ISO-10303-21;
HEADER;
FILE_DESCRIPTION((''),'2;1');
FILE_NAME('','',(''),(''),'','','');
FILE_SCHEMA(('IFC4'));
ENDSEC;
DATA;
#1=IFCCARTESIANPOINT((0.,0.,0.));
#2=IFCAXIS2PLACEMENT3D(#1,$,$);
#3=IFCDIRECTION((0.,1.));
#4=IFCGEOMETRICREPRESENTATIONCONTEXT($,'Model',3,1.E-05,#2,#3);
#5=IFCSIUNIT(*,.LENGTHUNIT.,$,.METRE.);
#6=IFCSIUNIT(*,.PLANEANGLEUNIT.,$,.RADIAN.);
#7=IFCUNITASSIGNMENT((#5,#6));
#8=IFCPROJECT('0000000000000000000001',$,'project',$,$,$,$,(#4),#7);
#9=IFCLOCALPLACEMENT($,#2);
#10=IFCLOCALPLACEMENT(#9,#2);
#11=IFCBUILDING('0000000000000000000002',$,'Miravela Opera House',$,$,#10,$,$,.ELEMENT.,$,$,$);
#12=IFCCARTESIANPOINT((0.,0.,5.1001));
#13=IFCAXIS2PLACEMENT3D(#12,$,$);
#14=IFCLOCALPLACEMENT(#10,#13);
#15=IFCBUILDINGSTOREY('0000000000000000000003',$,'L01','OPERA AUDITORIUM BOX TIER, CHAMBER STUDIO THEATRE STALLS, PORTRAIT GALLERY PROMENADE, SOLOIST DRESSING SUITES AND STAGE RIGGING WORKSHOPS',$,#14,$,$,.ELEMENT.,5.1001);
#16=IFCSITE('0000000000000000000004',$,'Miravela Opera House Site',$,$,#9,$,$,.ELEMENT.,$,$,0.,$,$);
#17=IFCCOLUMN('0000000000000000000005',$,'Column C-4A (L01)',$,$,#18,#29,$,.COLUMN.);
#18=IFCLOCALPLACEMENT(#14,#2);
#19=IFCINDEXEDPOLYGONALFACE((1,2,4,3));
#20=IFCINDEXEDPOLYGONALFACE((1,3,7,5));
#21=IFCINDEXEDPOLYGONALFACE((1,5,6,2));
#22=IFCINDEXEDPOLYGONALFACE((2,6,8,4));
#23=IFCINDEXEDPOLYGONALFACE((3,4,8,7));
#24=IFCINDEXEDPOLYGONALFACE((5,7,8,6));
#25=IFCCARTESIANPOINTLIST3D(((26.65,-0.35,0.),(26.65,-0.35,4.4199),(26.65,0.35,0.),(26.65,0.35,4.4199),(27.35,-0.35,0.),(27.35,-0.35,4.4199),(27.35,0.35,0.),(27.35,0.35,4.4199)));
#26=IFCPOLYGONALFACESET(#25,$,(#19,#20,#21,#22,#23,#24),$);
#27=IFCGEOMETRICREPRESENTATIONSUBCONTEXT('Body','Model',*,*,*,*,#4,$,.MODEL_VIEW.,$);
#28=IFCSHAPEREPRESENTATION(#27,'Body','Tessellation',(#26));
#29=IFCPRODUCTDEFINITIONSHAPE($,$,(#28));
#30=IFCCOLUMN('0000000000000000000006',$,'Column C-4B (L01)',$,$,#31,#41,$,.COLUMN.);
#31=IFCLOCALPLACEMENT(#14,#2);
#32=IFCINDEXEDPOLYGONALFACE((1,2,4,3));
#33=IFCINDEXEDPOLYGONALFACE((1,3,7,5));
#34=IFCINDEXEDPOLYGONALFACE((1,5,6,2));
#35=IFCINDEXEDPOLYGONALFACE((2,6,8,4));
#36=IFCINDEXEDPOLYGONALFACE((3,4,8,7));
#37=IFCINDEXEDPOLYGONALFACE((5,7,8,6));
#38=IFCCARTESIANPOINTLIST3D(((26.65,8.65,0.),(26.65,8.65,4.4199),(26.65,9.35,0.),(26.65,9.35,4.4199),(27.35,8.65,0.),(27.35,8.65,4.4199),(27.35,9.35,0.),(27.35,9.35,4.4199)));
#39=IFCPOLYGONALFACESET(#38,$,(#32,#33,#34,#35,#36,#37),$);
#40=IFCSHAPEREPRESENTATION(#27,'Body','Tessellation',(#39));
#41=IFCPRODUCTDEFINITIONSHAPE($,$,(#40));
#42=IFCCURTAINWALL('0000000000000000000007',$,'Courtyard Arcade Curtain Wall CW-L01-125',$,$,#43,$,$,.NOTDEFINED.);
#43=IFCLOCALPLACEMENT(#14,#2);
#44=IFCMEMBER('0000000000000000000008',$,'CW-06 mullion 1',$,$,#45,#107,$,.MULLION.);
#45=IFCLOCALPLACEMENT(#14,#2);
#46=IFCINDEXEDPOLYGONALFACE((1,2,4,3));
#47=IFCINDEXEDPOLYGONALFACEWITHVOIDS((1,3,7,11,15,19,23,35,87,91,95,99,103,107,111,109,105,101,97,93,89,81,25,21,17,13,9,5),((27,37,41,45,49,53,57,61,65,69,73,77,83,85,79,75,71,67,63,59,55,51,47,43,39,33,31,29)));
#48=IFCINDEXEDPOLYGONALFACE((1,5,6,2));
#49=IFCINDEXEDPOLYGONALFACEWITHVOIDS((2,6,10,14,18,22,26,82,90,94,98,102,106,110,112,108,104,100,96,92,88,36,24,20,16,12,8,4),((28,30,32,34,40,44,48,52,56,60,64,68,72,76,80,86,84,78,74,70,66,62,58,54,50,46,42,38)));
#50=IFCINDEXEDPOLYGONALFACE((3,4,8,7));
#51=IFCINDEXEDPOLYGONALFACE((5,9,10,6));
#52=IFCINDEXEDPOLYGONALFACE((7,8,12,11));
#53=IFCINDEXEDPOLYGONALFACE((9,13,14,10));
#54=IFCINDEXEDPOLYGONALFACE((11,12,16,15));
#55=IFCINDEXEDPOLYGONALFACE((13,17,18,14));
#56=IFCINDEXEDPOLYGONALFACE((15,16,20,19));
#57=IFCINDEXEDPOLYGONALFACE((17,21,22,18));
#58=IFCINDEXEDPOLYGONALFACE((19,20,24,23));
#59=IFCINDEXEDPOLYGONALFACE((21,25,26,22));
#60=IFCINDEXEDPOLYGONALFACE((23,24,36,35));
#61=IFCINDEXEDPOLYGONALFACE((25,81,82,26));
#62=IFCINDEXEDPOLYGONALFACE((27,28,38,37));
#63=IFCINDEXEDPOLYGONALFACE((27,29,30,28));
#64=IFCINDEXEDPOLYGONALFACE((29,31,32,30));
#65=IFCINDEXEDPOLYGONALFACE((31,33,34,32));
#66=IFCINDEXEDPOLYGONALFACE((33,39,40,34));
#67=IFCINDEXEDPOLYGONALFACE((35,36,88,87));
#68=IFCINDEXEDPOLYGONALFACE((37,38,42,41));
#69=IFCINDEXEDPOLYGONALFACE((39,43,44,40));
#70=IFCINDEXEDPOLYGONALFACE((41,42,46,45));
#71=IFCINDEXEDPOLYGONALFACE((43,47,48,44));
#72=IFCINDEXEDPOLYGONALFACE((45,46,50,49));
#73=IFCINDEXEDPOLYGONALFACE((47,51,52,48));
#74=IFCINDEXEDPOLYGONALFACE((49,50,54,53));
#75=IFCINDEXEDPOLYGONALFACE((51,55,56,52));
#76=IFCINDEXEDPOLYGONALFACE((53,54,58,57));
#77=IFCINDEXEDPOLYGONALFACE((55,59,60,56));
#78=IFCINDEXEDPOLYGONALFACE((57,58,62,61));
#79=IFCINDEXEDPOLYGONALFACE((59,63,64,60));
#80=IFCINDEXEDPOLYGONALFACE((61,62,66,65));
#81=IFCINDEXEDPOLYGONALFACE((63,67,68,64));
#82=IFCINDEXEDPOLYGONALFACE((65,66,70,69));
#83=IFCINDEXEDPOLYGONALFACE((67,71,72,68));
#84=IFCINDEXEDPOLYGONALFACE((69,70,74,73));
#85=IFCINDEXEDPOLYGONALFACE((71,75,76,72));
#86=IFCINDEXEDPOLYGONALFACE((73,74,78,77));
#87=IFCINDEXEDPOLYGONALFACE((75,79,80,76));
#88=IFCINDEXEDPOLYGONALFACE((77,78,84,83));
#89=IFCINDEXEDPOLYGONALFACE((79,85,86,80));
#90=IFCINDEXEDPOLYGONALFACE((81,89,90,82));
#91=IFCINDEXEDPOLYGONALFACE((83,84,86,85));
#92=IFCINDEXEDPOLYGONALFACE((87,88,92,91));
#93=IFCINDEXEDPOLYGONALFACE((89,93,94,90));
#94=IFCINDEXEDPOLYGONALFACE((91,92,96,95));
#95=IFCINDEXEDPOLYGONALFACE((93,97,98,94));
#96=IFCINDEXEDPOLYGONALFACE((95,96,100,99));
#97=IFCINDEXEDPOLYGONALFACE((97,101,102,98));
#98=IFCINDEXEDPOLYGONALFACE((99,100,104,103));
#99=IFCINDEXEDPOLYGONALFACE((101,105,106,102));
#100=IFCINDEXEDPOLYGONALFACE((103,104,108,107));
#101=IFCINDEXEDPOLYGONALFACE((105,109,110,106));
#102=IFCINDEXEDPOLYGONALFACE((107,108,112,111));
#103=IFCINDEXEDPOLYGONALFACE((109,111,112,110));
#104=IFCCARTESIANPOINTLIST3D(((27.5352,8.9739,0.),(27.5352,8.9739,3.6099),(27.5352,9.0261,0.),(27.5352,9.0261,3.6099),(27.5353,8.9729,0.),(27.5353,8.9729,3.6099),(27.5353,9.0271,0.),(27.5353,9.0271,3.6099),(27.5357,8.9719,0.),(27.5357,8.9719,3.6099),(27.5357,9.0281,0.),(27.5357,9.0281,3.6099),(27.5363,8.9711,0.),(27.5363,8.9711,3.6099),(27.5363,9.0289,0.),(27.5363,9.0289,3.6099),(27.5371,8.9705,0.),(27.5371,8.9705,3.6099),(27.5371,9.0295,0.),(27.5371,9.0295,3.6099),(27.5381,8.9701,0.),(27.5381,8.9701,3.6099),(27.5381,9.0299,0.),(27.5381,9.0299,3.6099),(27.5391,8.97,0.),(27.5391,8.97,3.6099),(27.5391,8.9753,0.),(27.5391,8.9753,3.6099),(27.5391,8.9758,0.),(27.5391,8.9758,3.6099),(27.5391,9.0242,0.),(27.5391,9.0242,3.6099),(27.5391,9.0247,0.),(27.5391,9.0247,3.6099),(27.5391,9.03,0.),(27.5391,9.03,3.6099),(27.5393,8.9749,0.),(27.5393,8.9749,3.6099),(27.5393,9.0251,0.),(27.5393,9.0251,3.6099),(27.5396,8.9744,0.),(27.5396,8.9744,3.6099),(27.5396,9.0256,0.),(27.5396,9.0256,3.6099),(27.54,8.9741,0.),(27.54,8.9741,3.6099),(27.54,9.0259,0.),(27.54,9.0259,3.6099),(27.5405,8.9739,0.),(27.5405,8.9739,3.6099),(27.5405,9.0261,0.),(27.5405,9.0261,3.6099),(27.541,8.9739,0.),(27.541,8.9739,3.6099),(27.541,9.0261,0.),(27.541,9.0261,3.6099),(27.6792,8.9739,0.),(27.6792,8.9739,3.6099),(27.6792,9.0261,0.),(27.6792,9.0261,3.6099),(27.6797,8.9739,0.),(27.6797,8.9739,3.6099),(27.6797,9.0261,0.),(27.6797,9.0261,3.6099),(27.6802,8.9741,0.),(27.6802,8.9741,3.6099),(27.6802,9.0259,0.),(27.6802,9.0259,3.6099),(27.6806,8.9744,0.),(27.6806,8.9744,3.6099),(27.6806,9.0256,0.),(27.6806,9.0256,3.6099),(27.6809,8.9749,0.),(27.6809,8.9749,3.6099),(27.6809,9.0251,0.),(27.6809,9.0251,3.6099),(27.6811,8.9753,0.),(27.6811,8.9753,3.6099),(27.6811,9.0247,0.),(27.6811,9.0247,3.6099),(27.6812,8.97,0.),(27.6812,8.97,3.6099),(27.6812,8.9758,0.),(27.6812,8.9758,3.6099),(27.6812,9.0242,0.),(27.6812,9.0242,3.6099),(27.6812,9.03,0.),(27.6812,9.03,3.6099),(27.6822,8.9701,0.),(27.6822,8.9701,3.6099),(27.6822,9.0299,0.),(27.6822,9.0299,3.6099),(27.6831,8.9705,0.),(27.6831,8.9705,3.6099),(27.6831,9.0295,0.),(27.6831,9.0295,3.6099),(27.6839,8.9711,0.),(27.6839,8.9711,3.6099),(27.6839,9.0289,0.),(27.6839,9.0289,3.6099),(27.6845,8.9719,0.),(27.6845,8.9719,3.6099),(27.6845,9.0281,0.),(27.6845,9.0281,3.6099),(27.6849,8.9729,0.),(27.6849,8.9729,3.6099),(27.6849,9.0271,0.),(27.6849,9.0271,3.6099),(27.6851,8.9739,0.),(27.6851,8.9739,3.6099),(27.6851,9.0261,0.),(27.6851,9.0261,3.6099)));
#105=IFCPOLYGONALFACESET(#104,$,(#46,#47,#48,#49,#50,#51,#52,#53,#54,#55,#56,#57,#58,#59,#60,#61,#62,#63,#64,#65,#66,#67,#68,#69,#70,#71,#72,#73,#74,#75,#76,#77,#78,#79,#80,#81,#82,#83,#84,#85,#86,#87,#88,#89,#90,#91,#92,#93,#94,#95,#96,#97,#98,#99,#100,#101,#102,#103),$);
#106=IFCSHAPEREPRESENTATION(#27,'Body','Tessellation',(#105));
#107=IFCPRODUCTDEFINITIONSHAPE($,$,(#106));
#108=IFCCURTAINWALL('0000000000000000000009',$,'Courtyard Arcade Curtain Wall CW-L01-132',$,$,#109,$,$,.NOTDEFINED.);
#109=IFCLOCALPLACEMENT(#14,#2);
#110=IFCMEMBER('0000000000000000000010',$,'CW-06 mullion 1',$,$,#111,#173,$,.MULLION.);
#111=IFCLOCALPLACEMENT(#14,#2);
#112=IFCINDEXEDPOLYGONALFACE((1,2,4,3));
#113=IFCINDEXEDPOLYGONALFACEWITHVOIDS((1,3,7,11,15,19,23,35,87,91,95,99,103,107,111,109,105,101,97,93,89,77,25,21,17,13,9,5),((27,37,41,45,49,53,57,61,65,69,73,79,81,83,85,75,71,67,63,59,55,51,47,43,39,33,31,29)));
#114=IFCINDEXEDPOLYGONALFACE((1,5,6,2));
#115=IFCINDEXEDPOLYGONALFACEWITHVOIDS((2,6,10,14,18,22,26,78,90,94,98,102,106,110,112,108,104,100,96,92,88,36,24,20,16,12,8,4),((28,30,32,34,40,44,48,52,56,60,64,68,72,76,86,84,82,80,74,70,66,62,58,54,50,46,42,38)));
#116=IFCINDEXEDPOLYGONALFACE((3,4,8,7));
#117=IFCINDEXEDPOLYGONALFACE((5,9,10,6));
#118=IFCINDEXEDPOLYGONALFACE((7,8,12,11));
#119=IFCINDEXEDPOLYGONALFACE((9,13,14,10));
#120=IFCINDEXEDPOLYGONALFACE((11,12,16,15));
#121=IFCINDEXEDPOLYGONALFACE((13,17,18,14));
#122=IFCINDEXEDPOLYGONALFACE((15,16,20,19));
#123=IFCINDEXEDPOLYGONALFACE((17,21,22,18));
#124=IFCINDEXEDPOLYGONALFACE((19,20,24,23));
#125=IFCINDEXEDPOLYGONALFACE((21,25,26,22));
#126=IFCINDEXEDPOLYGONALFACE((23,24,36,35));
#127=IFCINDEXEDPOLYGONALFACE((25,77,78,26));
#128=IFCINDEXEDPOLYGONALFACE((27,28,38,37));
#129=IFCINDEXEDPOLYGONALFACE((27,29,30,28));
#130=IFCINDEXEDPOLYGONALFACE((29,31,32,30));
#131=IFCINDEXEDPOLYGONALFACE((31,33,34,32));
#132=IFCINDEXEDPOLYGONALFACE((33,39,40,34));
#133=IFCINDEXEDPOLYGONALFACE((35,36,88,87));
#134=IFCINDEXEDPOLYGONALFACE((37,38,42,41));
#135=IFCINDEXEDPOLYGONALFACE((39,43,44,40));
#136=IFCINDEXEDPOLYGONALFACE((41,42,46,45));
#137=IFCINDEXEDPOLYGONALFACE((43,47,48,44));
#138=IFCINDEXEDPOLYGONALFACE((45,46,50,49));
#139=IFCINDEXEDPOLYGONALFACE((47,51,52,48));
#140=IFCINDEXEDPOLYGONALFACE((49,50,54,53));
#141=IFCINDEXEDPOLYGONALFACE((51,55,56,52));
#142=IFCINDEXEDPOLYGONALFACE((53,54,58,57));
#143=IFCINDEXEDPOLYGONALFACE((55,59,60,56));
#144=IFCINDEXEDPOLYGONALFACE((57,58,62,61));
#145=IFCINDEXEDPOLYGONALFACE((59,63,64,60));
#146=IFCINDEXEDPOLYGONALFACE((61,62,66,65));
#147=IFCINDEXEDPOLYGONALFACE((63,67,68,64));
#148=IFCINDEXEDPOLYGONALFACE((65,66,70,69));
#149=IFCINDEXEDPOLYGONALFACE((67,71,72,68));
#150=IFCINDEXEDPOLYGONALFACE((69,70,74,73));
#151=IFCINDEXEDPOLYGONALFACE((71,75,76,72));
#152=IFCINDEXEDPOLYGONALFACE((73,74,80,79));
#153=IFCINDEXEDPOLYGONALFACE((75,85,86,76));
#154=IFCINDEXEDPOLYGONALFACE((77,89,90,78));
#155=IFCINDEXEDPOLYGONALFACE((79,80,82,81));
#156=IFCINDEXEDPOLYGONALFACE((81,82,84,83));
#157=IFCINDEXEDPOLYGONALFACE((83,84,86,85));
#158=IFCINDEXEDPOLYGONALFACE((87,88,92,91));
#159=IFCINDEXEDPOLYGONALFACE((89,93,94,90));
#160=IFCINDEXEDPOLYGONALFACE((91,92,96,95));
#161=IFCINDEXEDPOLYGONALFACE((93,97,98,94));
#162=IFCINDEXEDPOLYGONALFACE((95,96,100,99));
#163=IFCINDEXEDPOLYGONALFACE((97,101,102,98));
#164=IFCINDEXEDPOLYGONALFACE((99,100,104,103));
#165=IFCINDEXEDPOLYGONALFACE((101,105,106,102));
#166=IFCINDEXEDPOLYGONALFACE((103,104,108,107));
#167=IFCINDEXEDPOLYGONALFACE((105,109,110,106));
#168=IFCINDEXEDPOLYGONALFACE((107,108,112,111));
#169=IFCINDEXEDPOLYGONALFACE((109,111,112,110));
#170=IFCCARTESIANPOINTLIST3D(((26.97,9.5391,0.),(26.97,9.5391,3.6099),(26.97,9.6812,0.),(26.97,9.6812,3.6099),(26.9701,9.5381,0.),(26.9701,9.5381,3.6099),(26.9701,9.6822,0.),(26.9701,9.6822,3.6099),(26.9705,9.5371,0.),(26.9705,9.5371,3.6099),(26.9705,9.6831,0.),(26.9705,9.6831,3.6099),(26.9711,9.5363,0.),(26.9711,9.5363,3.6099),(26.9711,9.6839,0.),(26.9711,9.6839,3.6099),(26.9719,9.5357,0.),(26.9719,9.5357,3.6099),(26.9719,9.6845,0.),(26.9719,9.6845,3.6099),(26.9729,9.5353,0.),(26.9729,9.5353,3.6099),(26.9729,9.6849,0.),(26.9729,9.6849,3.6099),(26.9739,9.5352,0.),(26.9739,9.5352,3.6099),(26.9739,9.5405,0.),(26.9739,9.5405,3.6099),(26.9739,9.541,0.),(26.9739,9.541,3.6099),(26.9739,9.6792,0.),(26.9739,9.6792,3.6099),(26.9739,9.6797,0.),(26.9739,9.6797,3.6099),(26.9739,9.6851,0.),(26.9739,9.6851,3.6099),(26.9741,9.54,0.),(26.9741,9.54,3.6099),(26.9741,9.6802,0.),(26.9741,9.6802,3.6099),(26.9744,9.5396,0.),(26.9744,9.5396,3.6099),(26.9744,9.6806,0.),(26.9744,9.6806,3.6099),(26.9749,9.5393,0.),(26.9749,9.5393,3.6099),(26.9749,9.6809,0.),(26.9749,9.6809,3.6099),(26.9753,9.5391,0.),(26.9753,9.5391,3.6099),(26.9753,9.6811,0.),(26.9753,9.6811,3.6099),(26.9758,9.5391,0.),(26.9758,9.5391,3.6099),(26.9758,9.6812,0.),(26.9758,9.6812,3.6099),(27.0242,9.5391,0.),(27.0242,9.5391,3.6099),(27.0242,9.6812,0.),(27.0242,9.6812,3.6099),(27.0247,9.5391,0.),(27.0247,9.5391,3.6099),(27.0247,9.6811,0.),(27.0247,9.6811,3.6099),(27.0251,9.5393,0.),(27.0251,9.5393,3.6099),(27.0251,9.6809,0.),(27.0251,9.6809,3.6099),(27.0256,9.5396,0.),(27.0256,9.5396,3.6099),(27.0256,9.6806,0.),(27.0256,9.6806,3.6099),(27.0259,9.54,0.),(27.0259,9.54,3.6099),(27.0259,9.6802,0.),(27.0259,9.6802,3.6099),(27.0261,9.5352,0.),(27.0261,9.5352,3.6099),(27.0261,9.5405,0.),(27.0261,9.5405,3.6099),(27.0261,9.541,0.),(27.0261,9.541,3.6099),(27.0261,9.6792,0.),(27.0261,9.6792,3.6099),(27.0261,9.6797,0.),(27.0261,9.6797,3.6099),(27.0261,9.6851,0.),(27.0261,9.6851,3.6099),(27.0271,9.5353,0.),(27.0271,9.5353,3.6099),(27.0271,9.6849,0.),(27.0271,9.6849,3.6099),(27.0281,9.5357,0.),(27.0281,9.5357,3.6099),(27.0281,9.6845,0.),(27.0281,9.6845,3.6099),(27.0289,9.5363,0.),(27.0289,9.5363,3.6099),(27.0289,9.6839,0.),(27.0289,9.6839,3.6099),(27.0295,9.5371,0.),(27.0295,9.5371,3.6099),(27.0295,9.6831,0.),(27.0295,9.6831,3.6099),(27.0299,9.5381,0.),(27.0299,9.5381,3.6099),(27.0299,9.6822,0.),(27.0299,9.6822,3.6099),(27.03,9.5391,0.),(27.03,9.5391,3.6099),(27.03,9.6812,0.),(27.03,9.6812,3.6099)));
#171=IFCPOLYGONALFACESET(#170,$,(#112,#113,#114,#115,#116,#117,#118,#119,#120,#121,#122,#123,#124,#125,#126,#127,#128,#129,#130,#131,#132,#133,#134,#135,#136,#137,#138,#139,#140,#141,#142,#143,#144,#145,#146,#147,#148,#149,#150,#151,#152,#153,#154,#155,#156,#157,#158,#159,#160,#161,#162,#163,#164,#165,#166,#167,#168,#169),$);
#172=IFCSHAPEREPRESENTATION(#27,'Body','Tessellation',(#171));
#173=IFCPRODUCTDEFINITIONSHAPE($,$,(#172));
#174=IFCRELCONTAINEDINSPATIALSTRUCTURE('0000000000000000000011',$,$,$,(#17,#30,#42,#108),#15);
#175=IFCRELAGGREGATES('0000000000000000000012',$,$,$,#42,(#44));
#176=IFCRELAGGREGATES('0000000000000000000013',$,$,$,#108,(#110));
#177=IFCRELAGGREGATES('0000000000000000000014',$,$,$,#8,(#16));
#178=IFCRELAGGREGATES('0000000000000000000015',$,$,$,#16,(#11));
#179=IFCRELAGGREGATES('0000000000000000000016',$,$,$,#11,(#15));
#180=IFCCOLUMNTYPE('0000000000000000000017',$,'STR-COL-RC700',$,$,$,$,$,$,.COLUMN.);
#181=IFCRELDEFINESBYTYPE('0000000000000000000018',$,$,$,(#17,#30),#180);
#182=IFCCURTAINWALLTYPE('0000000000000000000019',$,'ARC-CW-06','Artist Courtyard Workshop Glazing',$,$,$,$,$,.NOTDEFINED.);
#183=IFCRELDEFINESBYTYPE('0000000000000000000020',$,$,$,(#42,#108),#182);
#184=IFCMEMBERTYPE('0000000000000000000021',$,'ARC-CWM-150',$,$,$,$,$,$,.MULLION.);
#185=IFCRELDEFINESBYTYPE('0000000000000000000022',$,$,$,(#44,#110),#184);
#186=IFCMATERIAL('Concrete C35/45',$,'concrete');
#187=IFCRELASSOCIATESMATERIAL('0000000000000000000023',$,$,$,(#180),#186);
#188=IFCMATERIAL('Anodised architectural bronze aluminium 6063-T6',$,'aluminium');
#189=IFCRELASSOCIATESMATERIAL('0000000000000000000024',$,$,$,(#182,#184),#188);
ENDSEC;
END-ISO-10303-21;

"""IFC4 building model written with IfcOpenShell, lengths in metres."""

from ifc_helpers import new_model, si_unit, direction, frame, origin, origin_2d, place, context, subcontext, project, spatial, rectangle, hollow_rectangle, extrude, material, material_profile, profile_set, type_object, element, aggregate, save


model = new_model("IFC4")

# Units and contexts
model_context = context("Model", 3, precision=1e-05, world=origin(), true_north=direction((0.0, 1.0)))
body_context = subcontext(model_context, "Body", "Model", "MODEL_VIEW")
ifc_project = project(units=[si_unit("LENGTHUNIT", "METRE"), si_unit("PLANEANGLEUNIT", "RADIAN")], contexts=[model_context])

# Site, building, storey
site_placement = place(None, origin())
site = spatial("IfcSite", under=ifc_project, at=site_placement, Name="Miravela Opera House Site", CompositionType="ELEMENT", RefElevation=0.0)
building_placement = place(site_placement, origin())
building = spatial("IfcBuilding", under=site, at=building_placement, Name="Miravela Opera House", CompositionType="ELEMENT")
storey_placement = place(building_placement, frame((0.0, 0.0, 5.1001)))
storey = spatial("IfcBuildingStorey", under=building, at=storey_placement, Name="L01", Description="OPERA AUDITORIUM BOX TIER, CHAMBER STUDIO THEATRE STALLS, PORTRAIT GALLERY PROMENADE, SOLOIST DRESSING SUITES AND STAGE RIGGING WORKSHOPS", CompositionType="ELEMENT", Elevation=5.1001)

# Columns
ifc_material_1 = material(Name="Concrete C35/45", Category="concrete")
ifc_material_profile_1 = material_profile(ifc_material_1, rectangle(XDim=0.7, YDim=0.7, at=origin_2d()), Name="RC-COL-700X700")
ifc_profile_set_1 = profile_set([ifc_material_profile_1])
column_type = type_object("IfcColumnType", Name="STR-COL-RC700", PredefinedType="COLUMN", material=ifc_profile_set_1)
for number, where, z_axis, x_axis, name in (
    (1, (27.0, 0.0, 0.0), (0.0, 0.0, 1.0), (1.0, 0.0, 0.0), "Column C-4A (L01)"),
    (2, (27.0, 9.0, 0.0), (0.0, 0.0, 1.0), (1.0, 0.0, 0.0), "Column C-4B (L01)"),
):
    element("IfcColumn", number, at=place(storey_placement, frame(where, z_axis=z_axis, x_axis=x_axis)), inside=storey, type_object=column_type, Name=name, PredefinedType="COLUMN", context=body_context, shape_type="SweptSolid", body=[
        extrude(rectangle(XDim=0.7, YDim=0.7, at=origin_2d()), origin(), (0.0, 0.0, 1.0), 4.4199),
    ])

# Curtain walls, members
ifc_material_2 = material(Name="Anodised architectural bronze aluminium 6063-T6", Category="aluminium")
curtain_wall_type = type_object("IfcCurtainWallType", Name="ARC-CW-06", Description="Artist Courtyard Workshop Glazing", PredefinedType="NOTDEFINED", material=ifc_material_2)
curtain_wall_1_placement = place(storey_placement, origin())
curtain_wall_1 = element("IfcCurtainWall", 3, at=curtain_wall_1_placement, inside=storey, type_object=curtain_wall_type, Name="Courtyard Arcade Curtain Wall CW-L01-125", PredefinedType="NOTDEFINED")
ifc_material_profile_2 = material_profile(ifc_material_2, hollow_rectangle(XDim=0.0601, YDim=0.1499, WallThickness=0.0039, InnerFilletRadius=0.002, OuterFilletRadius=0.0039, at=origin_2d()), Name="CWM-60X150")
ifc_profile_set_2 = profile_set([ifc_material_profile_2])
member_type_1 = type_object("IfcMemberType", Name="ARC-CWM-150", PredefinedType="MULLION", material=ifc_profile_set_2)
member_1_placement = place(storey_placement, frame((27.6101, 9.0, 0.0), z_axis=(0.0, 0.0, 1.0), x_axis=(0.0, 1.0, 0.0)))
member_1 = element("IfcMember", 4, at=member_1_placement, type_object=member_type_1, Name="CW-06 mullion 1", PredefinedType="MULLION", context=body_context, shape_type="SweptSolid", body=[
    extrude(hollow_rectangle(XDim=0.0601, YDim=0.1499, WallThickness=0.0039, InnerFilletRadius=0.002, OuterFilletRadius=0.0039, at=origin_2d()), origin(), (0.0, 0.0, 1.0), 3.6099),
])
curtain_wall_2_placement = place(storey_placement, origin())
curtain_wall_2 = element("IfcCurtainWall", 5, at=curtain_wall_2_placement, inside=storey, type_object=curtain_wall_type, Name="Courtyard Arcade Curtain Wall CW-L01-132", PredefinedType="NOTDEFINED")
member_2_placement = place(storey_placement, frame((27.0, 9.6101, 0.0), z_axis=(0.0, 0.0, 1.0), x_axis=(-1.0, 0.0, 0.0)))
member_2 = element("IfcMember", 6, at=member_2_placement, type_object=member_type_1, Name="CW-06 mullion 1", PredefinedType="MULLION", context=body_context, shape_type="SweptSolid", body=[
    extrude(hollow_rectangle(XDim=0.0601, YDim=0.1499, WallThickness=0.0039, InnerFilletRadius=0.002, OuterFilletRadius=0.0039, at=origin_2d()), origin(), (0.0, 0.0, 1.0), 3.6099),
])

aggregate(curtain_wall_1, [member_1])

aggregate(curtain_wall_2, [member_2])

save(model, "model.ifc")
